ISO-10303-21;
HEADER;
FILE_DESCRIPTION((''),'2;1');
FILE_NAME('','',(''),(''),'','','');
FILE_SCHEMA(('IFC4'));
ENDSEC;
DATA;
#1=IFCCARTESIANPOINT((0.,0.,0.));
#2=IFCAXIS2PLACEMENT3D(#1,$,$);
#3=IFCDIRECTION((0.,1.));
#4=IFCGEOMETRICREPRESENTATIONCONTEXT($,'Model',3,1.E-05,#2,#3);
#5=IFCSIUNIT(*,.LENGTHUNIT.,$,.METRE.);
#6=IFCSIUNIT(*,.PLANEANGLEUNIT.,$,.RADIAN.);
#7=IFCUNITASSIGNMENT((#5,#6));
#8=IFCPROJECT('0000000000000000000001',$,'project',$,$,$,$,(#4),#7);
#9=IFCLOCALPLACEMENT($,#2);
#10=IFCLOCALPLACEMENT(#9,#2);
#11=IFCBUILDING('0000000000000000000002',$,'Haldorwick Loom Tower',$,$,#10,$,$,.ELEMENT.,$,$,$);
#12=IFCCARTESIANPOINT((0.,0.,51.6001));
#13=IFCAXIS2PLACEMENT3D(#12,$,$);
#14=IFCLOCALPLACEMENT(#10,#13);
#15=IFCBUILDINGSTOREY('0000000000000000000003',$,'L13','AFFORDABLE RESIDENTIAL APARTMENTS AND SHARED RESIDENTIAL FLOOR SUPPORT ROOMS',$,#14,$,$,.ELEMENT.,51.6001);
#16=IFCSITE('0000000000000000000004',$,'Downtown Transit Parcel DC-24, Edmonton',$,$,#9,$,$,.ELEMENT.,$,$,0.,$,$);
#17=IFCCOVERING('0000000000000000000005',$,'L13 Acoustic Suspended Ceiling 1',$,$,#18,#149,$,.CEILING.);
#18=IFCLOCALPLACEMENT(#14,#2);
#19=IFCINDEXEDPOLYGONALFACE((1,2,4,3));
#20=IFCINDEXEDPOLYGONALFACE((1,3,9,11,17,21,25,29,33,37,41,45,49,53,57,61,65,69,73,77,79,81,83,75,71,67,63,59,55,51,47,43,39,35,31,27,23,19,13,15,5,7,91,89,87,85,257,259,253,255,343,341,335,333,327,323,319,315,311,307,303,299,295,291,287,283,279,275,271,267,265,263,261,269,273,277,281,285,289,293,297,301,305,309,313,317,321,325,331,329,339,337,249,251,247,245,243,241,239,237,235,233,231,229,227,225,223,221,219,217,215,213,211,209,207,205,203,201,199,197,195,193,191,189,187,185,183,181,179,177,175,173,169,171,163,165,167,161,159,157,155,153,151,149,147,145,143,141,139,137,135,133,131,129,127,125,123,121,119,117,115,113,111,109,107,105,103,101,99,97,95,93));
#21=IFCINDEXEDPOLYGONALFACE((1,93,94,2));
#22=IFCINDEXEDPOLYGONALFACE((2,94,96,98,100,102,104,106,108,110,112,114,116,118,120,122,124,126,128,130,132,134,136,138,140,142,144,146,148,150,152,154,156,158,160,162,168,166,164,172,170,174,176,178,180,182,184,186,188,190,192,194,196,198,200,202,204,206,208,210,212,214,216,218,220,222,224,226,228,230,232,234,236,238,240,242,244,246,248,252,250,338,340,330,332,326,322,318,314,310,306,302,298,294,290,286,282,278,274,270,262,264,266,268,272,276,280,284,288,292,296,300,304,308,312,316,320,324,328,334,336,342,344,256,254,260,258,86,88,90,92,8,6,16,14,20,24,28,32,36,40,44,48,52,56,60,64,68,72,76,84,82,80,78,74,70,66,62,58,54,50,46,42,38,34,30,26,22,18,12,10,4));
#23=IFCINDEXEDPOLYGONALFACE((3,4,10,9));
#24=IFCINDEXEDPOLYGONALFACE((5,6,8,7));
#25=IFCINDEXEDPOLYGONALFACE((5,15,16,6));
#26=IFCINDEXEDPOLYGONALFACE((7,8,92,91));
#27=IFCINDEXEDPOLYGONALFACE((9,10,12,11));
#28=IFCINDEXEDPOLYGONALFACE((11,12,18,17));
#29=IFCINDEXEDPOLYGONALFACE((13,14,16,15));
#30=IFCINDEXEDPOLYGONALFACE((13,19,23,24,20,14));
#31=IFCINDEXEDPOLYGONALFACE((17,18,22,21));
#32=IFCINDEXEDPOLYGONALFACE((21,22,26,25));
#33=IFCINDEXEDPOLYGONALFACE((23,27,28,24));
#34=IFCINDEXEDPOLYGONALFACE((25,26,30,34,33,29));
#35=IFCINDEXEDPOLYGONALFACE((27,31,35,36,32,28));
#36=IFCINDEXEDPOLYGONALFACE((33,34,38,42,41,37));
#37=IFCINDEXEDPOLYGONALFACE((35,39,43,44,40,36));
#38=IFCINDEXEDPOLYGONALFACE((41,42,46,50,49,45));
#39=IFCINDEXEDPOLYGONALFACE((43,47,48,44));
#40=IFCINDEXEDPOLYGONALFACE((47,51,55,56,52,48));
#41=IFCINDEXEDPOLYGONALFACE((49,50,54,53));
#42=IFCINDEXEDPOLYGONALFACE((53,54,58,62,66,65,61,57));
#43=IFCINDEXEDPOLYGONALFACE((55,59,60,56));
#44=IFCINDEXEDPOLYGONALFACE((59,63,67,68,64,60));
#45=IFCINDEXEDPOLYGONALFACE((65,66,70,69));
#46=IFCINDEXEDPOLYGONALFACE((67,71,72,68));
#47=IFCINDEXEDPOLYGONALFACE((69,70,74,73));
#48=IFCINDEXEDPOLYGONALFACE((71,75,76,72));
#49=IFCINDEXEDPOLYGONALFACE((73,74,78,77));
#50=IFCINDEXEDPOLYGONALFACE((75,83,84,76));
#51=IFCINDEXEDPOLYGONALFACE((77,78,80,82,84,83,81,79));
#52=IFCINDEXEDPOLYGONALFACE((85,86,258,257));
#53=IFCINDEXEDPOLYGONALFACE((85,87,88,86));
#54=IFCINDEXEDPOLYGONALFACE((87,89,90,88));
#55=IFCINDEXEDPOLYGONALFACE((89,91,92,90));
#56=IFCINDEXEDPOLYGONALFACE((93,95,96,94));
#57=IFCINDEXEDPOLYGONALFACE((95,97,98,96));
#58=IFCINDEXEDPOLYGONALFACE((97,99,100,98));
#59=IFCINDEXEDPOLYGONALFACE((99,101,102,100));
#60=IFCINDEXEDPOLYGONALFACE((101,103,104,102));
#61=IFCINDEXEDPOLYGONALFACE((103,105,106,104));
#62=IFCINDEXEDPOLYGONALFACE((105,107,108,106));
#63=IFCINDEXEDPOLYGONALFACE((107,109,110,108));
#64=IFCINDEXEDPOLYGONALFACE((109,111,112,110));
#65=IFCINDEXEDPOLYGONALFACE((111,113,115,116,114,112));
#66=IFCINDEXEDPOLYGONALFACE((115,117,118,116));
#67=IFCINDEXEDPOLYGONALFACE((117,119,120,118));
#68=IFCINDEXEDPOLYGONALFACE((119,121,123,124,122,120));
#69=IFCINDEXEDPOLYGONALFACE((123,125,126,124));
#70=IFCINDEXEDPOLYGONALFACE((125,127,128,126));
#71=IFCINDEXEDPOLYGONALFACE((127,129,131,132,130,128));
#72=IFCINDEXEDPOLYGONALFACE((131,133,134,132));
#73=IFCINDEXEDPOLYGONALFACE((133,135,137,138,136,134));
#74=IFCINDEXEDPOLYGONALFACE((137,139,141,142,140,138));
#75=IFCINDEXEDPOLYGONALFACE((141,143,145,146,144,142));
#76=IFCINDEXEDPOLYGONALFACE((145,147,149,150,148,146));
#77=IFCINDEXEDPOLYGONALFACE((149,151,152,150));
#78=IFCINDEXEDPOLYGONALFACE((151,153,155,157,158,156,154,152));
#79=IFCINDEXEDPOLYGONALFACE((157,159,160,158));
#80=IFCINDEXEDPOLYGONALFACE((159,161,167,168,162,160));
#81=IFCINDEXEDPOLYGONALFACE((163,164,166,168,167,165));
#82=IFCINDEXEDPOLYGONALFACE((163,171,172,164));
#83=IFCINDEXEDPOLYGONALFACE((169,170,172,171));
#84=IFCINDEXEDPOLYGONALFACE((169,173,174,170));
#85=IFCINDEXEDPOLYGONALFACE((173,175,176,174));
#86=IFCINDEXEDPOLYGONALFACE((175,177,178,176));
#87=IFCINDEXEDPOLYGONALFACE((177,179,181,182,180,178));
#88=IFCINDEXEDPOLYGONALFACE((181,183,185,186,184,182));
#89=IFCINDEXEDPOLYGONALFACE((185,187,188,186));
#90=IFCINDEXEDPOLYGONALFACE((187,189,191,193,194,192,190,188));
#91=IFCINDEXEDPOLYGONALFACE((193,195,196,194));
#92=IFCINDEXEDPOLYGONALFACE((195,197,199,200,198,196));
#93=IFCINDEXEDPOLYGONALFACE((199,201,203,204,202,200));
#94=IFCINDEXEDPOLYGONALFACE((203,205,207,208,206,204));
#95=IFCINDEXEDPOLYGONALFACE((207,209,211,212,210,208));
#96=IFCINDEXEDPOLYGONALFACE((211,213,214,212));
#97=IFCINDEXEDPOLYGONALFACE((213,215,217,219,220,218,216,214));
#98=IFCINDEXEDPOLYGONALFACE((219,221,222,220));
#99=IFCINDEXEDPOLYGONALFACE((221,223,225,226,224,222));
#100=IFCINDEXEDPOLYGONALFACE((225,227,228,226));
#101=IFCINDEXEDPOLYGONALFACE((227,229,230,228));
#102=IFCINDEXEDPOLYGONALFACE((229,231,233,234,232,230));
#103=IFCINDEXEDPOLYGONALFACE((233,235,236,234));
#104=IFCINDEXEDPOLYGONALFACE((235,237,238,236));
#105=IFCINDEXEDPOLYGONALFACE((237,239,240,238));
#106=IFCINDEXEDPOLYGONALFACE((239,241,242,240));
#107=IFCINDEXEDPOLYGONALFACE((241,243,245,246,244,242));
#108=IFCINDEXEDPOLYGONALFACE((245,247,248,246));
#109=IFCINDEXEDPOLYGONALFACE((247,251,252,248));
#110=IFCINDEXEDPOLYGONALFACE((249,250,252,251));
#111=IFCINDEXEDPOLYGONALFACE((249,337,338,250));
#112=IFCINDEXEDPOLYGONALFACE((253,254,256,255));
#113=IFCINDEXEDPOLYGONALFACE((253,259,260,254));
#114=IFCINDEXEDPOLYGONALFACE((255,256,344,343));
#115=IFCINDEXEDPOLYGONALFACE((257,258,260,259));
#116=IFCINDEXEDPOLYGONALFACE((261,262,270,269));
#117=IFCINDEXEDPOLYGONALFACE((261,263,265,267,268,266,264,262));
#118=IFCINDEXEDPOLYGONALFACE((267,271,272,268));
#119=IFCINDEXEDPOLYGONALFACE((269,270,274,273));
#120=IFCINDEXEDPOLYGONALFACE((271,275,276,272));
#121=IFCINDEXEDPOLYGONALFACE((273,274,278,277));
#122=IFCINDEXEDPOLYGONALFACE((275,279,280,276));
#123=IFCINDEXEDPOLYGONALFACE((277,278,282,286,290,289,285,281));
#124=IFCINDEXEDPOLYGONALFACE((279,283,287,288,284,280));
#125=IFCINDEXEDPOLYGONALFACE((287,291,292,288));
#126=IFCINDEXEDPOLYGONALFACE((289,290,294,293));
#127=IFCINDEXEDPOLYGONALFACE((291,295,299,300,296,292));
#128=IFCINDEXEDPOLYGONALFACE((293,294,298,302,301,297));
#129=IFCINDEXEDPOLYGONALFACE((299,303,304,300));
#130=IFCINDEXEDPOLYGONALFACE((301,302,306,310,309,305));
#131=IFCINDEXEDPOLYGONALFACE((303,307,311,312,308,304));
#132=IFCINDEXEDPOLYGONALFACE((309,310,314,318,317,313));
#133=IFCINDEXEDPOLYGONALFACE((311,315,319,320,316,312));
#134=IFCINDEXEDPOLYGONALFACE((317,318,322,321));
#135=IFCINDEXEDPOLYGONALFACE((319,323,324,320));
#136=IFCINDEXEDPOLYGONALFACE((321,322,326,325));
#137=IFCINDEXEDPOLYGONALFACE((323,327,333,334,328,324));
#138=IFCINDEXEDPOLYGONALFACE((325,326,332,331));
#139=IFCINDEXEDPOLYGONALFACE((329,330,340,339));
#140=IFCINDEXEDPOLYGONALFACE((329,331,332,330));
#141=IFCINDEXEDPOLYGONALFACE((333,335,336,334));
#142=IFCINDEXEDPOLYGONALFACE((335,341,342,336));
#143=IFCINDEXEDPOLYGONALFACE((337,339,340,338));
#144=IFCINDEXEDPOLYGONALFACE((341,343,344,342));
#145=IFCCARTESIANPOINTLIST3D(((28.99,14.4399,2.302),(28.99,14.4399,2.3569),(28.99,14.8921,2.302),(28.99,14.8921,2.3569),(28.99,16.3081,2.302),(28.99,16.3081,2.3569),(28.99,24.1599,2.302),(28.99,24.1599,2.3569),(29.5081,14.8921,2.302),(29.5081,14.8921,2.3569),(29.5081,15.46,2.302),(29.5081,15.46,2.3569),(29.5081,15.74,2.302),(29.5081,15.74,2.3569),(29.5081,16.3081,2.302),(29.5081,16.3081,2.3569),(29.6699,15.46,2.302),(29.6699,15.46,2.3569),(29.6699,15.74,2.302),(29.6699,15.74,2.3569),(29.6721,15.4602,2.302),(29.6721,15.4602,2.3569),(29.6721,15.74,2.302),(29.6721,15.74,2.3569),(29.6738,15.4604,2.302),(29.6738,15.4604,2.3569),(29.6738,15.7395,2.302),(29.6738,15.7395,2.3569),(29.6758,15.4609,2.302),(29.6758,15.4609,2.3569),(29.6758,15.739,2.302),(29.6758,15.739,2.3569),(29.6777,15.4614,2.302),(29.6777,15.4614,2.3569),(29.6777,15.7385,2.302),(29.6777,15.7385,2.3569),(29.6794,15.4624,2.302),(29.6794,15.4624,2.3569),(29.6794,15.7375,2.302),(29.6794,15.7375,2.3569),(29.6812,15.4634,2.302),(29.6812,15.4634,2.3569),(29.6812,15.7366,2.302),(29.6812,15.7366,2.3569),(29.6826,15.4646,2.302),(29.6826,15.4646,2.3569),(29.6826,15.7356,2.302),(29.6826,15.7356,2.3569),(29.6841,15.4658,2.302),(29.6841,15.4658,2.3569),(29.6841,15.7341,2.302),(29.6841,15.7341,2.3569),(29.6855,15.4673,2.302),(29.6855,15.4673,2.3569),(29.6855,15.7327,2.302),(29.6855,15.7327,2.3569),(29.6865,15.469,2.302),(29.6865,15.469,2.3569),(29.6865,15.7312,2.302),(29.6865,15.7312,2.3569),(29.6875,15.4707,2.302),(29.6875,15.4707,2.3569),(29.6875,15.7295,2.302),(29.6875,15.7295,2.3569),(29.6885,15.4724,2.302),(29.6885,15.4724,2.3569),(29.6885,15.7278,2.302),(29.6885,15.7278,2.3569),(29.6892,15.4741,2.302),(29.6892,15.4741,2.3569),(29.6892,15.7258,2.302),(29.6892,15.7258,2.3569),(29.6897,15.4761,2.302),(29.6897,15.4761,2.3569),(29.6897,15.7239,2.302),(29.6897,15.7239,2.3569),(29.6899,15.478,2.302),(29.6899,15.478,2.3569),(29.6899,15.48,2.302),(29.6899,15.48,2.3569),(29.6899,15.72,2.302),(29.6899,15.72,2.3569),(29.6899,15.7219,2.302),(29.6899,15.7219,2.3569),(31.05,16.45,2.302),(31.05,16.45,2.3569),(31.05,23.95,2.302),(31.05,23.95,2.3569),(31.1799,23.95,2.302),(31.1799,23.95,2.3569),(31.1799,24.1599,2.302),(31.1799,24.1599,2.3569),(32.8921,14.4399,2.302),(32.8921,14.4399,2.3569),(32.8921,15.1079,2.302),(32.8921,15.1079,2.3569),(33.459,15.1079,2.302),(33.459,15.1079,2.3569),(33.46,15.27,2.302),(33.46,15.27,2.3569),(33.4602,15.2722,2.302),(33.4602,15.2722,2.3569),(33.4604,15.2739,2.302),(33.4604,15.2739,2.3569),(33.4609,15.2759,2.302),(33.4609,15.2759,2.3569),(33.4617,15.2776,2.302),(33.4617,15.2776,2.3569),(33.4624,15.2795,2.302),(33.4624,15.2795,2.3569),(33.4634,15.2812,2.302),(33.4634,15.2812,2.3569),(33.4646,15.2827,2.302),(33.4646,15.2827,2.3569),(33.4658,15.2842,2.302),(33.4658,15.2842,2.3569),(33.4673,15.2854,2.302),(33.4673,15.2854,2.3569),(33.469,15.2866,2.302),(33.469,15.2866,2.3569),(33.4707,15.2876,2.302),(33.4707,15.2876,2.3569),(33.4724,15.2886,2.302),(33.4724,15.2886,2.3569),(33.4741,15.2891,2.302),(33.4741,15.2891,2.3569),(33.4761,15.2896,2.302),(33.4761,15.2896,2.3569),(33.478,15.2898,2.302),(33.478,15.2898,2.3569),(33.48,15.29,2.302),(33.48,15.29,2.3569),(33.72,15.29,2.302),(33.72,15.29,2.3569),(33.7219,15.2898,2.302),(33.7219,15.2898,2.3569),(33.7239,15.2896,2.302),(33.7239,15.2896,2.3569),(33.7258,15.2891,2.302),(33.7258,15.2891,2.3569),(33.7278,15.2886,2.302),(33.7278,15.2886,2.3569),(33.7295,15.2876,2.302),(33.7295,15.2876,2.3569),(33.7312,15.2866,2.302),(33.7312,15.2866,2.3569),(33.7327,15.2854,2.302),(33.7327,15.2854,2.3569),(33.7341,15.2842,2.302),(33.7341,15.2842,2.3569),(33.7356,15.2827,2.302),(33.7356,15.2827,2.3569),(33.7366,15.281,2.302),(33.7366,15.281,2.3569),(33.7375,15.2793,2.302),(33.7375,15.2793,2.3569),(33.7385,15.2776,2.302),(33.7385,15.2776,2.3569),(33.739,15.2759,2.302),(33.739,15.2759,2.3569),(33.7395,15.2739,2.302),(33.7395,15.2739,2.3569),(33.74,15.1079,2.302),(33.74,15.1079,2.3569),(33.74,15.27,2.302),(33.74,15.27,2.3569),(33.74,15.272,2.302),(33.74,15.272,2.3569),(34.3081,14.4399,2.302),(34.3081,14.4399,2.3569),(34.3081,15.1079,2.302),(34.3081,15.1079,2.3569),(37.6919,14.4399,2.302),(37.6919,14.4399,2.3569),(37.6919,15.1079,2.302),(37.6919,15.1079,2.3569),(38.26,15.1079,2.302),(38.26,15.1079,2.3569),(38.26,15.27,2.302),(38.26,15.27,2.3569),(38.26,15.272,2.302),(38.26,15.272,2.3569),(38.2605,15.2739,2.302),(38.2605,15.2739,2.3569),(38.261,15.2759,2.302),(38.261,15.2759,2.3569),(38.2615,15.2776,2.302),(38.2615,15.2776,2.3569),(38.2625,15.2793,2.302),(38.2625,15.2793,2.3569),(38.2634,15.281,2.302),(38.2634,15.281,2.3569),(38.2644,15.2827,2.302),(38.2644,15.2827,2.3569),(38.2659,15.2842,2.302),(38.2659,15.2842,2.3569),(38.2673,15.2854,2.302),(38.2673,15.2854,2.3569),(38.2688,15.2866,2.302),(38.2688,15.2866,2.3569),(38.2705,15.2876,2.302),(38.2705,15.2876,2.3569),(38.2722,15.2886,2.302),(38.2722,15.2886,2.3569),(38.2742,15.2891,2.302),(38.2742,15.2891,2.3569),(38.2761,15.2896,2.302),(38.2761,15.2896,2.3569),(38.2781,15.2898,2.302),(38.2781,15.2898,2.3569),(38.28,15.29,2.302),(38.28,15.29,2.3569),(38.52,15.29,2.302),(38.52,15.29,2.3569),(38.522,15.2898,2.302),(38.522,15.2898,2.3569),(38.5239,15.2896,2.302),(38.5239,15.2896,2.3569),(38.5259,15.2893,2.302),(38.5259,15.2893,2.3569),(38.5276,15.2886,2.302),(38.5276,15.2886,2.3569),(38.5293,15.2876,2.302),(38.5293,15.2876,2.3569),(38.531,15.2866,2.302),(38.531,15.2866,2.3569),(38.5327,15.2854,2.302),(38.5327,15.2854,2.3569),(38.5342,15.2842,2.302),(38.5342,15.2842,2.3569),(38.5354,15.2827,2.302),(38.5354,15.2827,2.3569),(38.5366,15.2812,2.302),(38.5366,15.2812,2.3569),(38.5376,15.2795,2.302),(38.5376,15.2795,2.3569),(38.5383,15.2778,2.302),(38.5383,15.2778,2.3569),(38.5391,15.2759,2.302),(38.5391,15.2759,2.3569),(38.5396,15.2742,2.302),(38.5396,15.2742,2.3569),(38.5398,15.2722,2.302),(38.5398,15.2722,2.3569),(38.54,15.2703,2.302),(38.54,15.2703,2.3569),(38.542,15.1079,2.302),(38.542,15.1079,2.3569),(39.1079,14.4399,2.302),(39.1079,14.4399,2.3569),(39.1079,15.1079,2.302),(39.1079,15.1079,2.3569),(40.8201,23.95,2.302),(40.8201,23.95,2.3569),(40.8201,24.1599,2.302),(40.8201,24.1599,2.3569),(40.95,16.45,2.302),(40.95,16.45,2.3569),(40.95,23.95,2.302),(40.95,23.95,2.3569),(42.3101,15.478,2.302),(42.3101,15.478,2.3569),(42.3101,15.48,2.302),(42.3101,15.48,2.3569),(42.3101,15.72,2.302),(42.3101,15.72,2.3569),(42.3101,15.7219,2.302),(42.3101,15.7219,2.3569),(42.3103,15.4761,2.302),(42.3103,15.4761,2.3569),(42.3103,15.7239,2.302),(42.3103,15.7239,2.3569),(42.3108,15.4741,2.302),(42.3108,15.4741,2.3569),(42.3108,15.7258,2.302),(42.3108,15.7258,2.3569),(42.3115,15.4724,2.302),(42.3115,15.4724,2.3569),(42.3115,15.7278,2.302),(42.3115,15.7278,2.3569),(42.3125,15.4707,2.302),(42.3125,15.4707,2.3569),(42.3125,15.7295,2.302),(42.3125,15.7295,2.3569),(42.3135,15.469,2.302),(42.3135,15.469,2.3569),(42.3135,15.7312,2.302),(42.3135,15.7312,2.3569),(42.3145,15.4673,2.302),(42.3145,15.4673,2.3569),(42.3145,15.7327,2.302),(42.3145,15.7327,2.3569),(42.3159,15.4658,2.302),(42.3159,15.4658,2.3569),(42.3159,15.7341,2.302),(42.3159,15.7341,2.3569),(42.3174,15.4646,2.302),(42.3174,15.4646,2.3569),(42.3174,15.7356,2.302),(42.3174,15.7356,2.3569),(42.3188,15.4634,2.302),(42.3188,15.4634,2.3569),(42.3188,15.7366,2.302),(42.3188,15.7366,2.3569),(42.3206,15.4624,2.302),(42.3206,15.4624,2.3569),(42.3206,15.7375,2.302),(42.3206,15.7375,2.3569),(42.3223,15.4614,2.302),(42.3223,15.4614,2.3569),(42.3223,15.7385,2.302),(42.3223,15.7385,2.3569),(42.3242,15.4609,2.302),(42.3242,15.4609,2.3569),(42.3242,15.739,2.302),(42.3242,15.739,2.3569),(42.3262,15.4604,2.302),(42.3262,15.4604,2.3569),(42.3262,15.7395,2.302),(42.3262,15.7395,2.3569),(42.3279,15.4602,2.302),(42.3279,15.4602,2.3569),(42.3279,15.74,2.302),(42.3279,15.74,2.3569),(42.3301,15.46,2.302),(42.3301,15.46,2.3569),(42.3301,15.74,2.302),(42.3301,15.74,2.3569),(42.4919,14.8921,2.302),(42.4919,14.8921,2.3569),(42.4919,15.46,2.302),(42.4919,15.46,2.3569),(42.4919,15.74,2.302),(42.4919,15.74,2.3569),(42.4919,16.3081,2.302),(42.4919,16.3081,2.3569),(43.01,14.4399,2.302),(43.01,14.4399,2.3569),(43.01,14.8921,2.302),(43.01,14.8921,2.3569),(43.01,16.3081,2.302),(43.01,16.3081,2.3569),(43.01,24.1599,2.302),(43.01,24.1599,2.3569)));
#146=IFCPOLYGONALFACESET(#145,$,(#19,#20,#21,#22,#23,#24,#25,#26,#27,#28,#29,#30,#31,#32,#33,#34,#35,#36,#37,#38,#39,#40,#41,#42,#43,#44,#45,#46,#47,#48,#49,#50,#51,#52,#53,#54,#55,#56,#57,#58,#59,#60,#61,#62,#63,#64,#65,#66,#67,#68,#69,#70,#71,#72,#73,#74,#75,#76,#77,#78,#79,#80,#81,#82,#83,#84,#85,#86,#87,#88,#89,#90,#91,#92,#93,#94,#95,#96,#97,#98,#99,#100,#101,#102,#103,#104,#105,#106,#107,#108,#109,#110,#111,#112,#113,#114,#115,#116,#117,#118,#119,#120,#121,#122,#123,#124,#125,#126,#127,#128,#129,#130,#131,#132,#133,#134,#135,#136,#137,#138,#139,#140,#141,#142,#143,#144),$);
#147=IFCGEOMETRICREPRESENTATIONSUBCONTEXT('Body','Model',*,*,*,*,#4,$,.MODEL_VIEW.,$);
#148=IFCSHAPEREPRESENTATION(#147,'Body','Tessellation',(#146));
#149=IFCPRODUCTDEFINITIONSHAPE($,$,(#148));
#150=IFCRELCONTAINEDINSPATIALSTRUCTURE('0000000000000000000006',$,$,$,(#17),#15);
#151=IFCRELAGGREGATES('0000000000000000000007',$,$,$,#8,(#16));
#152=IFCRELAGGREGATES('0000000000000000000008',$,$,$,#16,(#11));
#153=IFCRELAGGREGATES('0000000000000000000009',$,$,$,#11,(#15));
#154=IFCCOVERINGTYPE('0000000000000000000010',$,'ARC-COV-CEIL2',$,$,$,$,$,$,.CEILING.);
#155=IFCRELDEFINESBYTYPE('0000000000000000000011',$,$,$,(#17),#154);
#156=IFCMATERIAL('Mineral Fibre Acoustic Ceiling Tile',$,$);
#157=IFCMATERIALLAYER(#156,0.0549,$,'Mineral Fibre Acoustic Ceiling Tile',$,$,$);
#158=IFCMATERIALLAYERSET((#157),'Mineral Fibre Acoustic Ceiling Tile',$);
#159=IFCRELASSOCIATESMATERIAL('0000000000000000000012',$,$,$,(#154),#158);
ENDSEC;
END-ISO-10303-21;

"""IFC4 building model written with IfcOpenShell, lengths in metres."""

from ifc_helpers import new_model, si_unit, direction, frame, origin, place, context, subcontext, project, spatial, polyline, outline, extrude, material, layer, layer_set, type_object, element, save


model = new_model("IFC4")

# Units and contexts
model_context = context("Model", 3, precision=1e-05, world=origin(), true_north=direction((0.0, 1.0)))
body_context = subcontext(model_context, "Body", "Model", "MODEL_VIEW")
ifc_project = project(units=[si_unit("LENGTHUNIT", "METRE"), si_unit("PLANEANGLEUNIT", "RADIAN")], contexts=[model_context])

# Site, building, storey
site_placement = place(None, origin())
site = spatial("IfcSite", under=ifc_project, at=site_placement, Name="Downtown Transit Parcel DC-24, Edmonton", CompositionType="ELEMENT", RefElevation=0.0)
building_placement = place(site_placement, origin())
building = spatial("IfcBuilding", under=site, at=building_placement, Name="Haldorwick Loom Tower", CompositionType="ELEMENT")
storey_placement = place(building_placement, frame((0.0, 0.0, 51.6001)))
storey = spatial("IfcBuildingStorey", under=building, at=storey_placement, Name="L13", Description="AFFORDABLE RESIDENTIAL APARTMENTS AND SHARED RESIDENTIAL FLOOR SUPPORT ROOMS", CompositionType="ELEMENT", Elevation=51.6001)

# Covering
ifc_material_1 = material(Name="Mineral Fibre Acoustic Ceiling Tile")
ifc_layer_1 = layer(ifc_material_1, 0.0549, Name="Mineral Fibre Acoustic Ceiling Tile")
ifc_layer_set_1 = layer_set([ifc_layer_1], Name="Mineral Fibre Acoustic Ceiling Tile")
covering_type_1 = type_object("IfcCoveringType", Name="ARC-COV-CEIL2", PredefinedType="CEILING", material=ifc_layer_set_1)
covering_1_placement = place(storey_placement, frame((0.0, 0.0, 2.302)))
element("IfcCovering", 1, at=covering_1_placement, inside=storey, type_object=covering_type_1, Name="L13 Acoustic Suspended Ceiling 1", PredefinedType="CEILING", context=body_context, shape_type="SweptSolid", body=[
    extrude(outline(polyline([(37.6919, 14.4399), (37.6919, 15.1079), (38.26, 15.1079), (38.26, 15.27), (38.26, 15.272), (38.2605, 15.2739), (38.261, 15.2759), (38.2615, 15.2776), (38.2625, 15.2793), (38.2634, 15.281), (38.2644, 15.2827), (38.2659, 15.2842), (38.2673, 15.2854), (38.2688, 15.2866), (38.2705, 15.2876), (38.2722, 15.2886), (38.2742, 15.2891), (38.2761, 15.2896), (38.2781, 15.2898), (38.28, 15.29), (38.52, 15.29), (38.522, 15.2898), (38.5239, 15.2896), (38.5259, 15.2893), (38.5276, 15.2886), (38.5293, 15.2876), (38.531, 15.2866), (38.5327, 15.2854), (38.5342, 15.2842), (38.5354, 15.2827), (38.5366, 15.2812), (38.5376, 15.2795), (38.5383, 15.2778), (38.5391, 15.2759), (38.5396, 15.2742), (38.5398, 15.2722), (38.54, 15.2703), (38.542, 15.1079), (39.1079, 15.1079), (39.1079, 14.4399), (43.01, 14.4399), (43.01, 14.8921), (42.4919, 14.8921), (42.4919, 15.46), (42.3301, 15.46), (42.3279, 15.4602), (42.3262, 15.4604), (42.3242, 15.4609), (42.3223, 15.4614), (42.3206, 15.4624), (42.3188, 15.4634), (42.3174, 15.4646), (42.3159, 15.4658), (42.3145, 15.4673), (42.3135, 15.469), (42.3125, 15.4707), (42.3115, 15.4724), (42.3108, 15.4741), (42.3103, 15.4761), (42.3101, 15.478), (42.3101, 15.48), (42.3101, 15.72), (42.3101, 15.7219), (42.3103, 15.7239), (42.3108, 15.7258), (42.3115, 15.7278), (42.3125, 15.7295), (42.3135, 15.7312), (42.3145, 15.7327), (42.3159, 15.7341), (42.3174, 15.7356), (42.3188, 15.7366), (42.3206, 15.7375), (42.3223, 15.7385), (42.3242, 15.739), (42.3262, 15.7395), (42.3279, 15.74), (42.3301, 15.74), (42.4919, 15.74), (42.4919, 16.3081), (43.01, 16.3081), (43.01, 24.1599), (40.8201, 24.1599), (40.8201, 23.95), (40.95, 23.95), (40.95, 16.45), (31.05, 16.45), (31.05, 23.95), (31.1799, 23.95), (31.1799, 24.1599), (28.99, 24.1599), (28.99, 16.3081), (29.5081, 16.3081), (29.5081, 15.74), (29.6699, 15.74), (29.6721, 15.74), (29.6738, 15.7395), (29.6758, 15.739), (29.6777, 15.7385), (29.6794, 15.7375), (29.6812, 15.7366), (29.6826, 15.7356), (29.6841, 15.7341), (29.6855, 15.7327), (29.6865, 15.7312), (29.6875, 15.7295), (29.6885, 15.7278), (29.6892, 15.7258), (29.6897, 15.7239), (29.6899, 15.7219), (29.6899, 15.72), (29.6899, 15.48), (29.6899, 15.478), (29.6897, 15.4761), (29.6892, 15.4741), (29.6885, 15.4724), (29.6875, 15.4707), (29.6865, 15.469), (29.6855, 15.4673), (29.6841, 15.4658), (29.6826, 15.4646), (29.6812, 15.4634), (29.6794, 15.4624), (29.6777, 15.4614), (29.6758, 15.4609), (29.6738, 15.4604), (29.6721, 15.4602), (29.6699, 15.46), (29.5081, 15.46), (29.5081, 14.8921), (28.99, 14.8921), (28.99, 14.4399), (32.8921, 14.4399), (32.8921, 15.1079), (33.459, 15.1079), (33.46, 15.27), (33.4602, 15.2722), (33.4604, 15.2739), (33.4609, 15.2759), (33.4617, 15.2776), (33.4624, 15.2795), (33.4634, 15.2812), (33.4646, 15.2827), (33.4658, 15.2842), (33.4673, 15.2854), (33.469, 15.2866), (33.4707, 15.2876), (33.4724, 15.2886), (33.4741, 15.2891), (33.4761, 15.2896), (33.478, 15.2898), (33.48, 15.29), (33.72, 15.29), (33.7219, 15.2898), (33.7239, 15.2896), (33.7258, 15.2891), (33.7278, 15.2886), (33.7295, 15.2876), (33.7312, 15.2866), (33.7327, 15.2854), (33.7341, 15.2842), (33.7356, 15.2827), (33.7366, 15.281), (33.7375, 15.2793), (33.7385, 15.2776), (33.739, 15.2759), (33.7395, 15.2739), (33.74, 15.272), (33.74, 15.27), (33.74, 15.1079), (34.3081, 15.1079), (34.3081, 14.4399), (37.6919, 14.4399)])), origin(), (0.0, 0.0, 1.0), 0.0549),
])

save(model, "model.ifc")
